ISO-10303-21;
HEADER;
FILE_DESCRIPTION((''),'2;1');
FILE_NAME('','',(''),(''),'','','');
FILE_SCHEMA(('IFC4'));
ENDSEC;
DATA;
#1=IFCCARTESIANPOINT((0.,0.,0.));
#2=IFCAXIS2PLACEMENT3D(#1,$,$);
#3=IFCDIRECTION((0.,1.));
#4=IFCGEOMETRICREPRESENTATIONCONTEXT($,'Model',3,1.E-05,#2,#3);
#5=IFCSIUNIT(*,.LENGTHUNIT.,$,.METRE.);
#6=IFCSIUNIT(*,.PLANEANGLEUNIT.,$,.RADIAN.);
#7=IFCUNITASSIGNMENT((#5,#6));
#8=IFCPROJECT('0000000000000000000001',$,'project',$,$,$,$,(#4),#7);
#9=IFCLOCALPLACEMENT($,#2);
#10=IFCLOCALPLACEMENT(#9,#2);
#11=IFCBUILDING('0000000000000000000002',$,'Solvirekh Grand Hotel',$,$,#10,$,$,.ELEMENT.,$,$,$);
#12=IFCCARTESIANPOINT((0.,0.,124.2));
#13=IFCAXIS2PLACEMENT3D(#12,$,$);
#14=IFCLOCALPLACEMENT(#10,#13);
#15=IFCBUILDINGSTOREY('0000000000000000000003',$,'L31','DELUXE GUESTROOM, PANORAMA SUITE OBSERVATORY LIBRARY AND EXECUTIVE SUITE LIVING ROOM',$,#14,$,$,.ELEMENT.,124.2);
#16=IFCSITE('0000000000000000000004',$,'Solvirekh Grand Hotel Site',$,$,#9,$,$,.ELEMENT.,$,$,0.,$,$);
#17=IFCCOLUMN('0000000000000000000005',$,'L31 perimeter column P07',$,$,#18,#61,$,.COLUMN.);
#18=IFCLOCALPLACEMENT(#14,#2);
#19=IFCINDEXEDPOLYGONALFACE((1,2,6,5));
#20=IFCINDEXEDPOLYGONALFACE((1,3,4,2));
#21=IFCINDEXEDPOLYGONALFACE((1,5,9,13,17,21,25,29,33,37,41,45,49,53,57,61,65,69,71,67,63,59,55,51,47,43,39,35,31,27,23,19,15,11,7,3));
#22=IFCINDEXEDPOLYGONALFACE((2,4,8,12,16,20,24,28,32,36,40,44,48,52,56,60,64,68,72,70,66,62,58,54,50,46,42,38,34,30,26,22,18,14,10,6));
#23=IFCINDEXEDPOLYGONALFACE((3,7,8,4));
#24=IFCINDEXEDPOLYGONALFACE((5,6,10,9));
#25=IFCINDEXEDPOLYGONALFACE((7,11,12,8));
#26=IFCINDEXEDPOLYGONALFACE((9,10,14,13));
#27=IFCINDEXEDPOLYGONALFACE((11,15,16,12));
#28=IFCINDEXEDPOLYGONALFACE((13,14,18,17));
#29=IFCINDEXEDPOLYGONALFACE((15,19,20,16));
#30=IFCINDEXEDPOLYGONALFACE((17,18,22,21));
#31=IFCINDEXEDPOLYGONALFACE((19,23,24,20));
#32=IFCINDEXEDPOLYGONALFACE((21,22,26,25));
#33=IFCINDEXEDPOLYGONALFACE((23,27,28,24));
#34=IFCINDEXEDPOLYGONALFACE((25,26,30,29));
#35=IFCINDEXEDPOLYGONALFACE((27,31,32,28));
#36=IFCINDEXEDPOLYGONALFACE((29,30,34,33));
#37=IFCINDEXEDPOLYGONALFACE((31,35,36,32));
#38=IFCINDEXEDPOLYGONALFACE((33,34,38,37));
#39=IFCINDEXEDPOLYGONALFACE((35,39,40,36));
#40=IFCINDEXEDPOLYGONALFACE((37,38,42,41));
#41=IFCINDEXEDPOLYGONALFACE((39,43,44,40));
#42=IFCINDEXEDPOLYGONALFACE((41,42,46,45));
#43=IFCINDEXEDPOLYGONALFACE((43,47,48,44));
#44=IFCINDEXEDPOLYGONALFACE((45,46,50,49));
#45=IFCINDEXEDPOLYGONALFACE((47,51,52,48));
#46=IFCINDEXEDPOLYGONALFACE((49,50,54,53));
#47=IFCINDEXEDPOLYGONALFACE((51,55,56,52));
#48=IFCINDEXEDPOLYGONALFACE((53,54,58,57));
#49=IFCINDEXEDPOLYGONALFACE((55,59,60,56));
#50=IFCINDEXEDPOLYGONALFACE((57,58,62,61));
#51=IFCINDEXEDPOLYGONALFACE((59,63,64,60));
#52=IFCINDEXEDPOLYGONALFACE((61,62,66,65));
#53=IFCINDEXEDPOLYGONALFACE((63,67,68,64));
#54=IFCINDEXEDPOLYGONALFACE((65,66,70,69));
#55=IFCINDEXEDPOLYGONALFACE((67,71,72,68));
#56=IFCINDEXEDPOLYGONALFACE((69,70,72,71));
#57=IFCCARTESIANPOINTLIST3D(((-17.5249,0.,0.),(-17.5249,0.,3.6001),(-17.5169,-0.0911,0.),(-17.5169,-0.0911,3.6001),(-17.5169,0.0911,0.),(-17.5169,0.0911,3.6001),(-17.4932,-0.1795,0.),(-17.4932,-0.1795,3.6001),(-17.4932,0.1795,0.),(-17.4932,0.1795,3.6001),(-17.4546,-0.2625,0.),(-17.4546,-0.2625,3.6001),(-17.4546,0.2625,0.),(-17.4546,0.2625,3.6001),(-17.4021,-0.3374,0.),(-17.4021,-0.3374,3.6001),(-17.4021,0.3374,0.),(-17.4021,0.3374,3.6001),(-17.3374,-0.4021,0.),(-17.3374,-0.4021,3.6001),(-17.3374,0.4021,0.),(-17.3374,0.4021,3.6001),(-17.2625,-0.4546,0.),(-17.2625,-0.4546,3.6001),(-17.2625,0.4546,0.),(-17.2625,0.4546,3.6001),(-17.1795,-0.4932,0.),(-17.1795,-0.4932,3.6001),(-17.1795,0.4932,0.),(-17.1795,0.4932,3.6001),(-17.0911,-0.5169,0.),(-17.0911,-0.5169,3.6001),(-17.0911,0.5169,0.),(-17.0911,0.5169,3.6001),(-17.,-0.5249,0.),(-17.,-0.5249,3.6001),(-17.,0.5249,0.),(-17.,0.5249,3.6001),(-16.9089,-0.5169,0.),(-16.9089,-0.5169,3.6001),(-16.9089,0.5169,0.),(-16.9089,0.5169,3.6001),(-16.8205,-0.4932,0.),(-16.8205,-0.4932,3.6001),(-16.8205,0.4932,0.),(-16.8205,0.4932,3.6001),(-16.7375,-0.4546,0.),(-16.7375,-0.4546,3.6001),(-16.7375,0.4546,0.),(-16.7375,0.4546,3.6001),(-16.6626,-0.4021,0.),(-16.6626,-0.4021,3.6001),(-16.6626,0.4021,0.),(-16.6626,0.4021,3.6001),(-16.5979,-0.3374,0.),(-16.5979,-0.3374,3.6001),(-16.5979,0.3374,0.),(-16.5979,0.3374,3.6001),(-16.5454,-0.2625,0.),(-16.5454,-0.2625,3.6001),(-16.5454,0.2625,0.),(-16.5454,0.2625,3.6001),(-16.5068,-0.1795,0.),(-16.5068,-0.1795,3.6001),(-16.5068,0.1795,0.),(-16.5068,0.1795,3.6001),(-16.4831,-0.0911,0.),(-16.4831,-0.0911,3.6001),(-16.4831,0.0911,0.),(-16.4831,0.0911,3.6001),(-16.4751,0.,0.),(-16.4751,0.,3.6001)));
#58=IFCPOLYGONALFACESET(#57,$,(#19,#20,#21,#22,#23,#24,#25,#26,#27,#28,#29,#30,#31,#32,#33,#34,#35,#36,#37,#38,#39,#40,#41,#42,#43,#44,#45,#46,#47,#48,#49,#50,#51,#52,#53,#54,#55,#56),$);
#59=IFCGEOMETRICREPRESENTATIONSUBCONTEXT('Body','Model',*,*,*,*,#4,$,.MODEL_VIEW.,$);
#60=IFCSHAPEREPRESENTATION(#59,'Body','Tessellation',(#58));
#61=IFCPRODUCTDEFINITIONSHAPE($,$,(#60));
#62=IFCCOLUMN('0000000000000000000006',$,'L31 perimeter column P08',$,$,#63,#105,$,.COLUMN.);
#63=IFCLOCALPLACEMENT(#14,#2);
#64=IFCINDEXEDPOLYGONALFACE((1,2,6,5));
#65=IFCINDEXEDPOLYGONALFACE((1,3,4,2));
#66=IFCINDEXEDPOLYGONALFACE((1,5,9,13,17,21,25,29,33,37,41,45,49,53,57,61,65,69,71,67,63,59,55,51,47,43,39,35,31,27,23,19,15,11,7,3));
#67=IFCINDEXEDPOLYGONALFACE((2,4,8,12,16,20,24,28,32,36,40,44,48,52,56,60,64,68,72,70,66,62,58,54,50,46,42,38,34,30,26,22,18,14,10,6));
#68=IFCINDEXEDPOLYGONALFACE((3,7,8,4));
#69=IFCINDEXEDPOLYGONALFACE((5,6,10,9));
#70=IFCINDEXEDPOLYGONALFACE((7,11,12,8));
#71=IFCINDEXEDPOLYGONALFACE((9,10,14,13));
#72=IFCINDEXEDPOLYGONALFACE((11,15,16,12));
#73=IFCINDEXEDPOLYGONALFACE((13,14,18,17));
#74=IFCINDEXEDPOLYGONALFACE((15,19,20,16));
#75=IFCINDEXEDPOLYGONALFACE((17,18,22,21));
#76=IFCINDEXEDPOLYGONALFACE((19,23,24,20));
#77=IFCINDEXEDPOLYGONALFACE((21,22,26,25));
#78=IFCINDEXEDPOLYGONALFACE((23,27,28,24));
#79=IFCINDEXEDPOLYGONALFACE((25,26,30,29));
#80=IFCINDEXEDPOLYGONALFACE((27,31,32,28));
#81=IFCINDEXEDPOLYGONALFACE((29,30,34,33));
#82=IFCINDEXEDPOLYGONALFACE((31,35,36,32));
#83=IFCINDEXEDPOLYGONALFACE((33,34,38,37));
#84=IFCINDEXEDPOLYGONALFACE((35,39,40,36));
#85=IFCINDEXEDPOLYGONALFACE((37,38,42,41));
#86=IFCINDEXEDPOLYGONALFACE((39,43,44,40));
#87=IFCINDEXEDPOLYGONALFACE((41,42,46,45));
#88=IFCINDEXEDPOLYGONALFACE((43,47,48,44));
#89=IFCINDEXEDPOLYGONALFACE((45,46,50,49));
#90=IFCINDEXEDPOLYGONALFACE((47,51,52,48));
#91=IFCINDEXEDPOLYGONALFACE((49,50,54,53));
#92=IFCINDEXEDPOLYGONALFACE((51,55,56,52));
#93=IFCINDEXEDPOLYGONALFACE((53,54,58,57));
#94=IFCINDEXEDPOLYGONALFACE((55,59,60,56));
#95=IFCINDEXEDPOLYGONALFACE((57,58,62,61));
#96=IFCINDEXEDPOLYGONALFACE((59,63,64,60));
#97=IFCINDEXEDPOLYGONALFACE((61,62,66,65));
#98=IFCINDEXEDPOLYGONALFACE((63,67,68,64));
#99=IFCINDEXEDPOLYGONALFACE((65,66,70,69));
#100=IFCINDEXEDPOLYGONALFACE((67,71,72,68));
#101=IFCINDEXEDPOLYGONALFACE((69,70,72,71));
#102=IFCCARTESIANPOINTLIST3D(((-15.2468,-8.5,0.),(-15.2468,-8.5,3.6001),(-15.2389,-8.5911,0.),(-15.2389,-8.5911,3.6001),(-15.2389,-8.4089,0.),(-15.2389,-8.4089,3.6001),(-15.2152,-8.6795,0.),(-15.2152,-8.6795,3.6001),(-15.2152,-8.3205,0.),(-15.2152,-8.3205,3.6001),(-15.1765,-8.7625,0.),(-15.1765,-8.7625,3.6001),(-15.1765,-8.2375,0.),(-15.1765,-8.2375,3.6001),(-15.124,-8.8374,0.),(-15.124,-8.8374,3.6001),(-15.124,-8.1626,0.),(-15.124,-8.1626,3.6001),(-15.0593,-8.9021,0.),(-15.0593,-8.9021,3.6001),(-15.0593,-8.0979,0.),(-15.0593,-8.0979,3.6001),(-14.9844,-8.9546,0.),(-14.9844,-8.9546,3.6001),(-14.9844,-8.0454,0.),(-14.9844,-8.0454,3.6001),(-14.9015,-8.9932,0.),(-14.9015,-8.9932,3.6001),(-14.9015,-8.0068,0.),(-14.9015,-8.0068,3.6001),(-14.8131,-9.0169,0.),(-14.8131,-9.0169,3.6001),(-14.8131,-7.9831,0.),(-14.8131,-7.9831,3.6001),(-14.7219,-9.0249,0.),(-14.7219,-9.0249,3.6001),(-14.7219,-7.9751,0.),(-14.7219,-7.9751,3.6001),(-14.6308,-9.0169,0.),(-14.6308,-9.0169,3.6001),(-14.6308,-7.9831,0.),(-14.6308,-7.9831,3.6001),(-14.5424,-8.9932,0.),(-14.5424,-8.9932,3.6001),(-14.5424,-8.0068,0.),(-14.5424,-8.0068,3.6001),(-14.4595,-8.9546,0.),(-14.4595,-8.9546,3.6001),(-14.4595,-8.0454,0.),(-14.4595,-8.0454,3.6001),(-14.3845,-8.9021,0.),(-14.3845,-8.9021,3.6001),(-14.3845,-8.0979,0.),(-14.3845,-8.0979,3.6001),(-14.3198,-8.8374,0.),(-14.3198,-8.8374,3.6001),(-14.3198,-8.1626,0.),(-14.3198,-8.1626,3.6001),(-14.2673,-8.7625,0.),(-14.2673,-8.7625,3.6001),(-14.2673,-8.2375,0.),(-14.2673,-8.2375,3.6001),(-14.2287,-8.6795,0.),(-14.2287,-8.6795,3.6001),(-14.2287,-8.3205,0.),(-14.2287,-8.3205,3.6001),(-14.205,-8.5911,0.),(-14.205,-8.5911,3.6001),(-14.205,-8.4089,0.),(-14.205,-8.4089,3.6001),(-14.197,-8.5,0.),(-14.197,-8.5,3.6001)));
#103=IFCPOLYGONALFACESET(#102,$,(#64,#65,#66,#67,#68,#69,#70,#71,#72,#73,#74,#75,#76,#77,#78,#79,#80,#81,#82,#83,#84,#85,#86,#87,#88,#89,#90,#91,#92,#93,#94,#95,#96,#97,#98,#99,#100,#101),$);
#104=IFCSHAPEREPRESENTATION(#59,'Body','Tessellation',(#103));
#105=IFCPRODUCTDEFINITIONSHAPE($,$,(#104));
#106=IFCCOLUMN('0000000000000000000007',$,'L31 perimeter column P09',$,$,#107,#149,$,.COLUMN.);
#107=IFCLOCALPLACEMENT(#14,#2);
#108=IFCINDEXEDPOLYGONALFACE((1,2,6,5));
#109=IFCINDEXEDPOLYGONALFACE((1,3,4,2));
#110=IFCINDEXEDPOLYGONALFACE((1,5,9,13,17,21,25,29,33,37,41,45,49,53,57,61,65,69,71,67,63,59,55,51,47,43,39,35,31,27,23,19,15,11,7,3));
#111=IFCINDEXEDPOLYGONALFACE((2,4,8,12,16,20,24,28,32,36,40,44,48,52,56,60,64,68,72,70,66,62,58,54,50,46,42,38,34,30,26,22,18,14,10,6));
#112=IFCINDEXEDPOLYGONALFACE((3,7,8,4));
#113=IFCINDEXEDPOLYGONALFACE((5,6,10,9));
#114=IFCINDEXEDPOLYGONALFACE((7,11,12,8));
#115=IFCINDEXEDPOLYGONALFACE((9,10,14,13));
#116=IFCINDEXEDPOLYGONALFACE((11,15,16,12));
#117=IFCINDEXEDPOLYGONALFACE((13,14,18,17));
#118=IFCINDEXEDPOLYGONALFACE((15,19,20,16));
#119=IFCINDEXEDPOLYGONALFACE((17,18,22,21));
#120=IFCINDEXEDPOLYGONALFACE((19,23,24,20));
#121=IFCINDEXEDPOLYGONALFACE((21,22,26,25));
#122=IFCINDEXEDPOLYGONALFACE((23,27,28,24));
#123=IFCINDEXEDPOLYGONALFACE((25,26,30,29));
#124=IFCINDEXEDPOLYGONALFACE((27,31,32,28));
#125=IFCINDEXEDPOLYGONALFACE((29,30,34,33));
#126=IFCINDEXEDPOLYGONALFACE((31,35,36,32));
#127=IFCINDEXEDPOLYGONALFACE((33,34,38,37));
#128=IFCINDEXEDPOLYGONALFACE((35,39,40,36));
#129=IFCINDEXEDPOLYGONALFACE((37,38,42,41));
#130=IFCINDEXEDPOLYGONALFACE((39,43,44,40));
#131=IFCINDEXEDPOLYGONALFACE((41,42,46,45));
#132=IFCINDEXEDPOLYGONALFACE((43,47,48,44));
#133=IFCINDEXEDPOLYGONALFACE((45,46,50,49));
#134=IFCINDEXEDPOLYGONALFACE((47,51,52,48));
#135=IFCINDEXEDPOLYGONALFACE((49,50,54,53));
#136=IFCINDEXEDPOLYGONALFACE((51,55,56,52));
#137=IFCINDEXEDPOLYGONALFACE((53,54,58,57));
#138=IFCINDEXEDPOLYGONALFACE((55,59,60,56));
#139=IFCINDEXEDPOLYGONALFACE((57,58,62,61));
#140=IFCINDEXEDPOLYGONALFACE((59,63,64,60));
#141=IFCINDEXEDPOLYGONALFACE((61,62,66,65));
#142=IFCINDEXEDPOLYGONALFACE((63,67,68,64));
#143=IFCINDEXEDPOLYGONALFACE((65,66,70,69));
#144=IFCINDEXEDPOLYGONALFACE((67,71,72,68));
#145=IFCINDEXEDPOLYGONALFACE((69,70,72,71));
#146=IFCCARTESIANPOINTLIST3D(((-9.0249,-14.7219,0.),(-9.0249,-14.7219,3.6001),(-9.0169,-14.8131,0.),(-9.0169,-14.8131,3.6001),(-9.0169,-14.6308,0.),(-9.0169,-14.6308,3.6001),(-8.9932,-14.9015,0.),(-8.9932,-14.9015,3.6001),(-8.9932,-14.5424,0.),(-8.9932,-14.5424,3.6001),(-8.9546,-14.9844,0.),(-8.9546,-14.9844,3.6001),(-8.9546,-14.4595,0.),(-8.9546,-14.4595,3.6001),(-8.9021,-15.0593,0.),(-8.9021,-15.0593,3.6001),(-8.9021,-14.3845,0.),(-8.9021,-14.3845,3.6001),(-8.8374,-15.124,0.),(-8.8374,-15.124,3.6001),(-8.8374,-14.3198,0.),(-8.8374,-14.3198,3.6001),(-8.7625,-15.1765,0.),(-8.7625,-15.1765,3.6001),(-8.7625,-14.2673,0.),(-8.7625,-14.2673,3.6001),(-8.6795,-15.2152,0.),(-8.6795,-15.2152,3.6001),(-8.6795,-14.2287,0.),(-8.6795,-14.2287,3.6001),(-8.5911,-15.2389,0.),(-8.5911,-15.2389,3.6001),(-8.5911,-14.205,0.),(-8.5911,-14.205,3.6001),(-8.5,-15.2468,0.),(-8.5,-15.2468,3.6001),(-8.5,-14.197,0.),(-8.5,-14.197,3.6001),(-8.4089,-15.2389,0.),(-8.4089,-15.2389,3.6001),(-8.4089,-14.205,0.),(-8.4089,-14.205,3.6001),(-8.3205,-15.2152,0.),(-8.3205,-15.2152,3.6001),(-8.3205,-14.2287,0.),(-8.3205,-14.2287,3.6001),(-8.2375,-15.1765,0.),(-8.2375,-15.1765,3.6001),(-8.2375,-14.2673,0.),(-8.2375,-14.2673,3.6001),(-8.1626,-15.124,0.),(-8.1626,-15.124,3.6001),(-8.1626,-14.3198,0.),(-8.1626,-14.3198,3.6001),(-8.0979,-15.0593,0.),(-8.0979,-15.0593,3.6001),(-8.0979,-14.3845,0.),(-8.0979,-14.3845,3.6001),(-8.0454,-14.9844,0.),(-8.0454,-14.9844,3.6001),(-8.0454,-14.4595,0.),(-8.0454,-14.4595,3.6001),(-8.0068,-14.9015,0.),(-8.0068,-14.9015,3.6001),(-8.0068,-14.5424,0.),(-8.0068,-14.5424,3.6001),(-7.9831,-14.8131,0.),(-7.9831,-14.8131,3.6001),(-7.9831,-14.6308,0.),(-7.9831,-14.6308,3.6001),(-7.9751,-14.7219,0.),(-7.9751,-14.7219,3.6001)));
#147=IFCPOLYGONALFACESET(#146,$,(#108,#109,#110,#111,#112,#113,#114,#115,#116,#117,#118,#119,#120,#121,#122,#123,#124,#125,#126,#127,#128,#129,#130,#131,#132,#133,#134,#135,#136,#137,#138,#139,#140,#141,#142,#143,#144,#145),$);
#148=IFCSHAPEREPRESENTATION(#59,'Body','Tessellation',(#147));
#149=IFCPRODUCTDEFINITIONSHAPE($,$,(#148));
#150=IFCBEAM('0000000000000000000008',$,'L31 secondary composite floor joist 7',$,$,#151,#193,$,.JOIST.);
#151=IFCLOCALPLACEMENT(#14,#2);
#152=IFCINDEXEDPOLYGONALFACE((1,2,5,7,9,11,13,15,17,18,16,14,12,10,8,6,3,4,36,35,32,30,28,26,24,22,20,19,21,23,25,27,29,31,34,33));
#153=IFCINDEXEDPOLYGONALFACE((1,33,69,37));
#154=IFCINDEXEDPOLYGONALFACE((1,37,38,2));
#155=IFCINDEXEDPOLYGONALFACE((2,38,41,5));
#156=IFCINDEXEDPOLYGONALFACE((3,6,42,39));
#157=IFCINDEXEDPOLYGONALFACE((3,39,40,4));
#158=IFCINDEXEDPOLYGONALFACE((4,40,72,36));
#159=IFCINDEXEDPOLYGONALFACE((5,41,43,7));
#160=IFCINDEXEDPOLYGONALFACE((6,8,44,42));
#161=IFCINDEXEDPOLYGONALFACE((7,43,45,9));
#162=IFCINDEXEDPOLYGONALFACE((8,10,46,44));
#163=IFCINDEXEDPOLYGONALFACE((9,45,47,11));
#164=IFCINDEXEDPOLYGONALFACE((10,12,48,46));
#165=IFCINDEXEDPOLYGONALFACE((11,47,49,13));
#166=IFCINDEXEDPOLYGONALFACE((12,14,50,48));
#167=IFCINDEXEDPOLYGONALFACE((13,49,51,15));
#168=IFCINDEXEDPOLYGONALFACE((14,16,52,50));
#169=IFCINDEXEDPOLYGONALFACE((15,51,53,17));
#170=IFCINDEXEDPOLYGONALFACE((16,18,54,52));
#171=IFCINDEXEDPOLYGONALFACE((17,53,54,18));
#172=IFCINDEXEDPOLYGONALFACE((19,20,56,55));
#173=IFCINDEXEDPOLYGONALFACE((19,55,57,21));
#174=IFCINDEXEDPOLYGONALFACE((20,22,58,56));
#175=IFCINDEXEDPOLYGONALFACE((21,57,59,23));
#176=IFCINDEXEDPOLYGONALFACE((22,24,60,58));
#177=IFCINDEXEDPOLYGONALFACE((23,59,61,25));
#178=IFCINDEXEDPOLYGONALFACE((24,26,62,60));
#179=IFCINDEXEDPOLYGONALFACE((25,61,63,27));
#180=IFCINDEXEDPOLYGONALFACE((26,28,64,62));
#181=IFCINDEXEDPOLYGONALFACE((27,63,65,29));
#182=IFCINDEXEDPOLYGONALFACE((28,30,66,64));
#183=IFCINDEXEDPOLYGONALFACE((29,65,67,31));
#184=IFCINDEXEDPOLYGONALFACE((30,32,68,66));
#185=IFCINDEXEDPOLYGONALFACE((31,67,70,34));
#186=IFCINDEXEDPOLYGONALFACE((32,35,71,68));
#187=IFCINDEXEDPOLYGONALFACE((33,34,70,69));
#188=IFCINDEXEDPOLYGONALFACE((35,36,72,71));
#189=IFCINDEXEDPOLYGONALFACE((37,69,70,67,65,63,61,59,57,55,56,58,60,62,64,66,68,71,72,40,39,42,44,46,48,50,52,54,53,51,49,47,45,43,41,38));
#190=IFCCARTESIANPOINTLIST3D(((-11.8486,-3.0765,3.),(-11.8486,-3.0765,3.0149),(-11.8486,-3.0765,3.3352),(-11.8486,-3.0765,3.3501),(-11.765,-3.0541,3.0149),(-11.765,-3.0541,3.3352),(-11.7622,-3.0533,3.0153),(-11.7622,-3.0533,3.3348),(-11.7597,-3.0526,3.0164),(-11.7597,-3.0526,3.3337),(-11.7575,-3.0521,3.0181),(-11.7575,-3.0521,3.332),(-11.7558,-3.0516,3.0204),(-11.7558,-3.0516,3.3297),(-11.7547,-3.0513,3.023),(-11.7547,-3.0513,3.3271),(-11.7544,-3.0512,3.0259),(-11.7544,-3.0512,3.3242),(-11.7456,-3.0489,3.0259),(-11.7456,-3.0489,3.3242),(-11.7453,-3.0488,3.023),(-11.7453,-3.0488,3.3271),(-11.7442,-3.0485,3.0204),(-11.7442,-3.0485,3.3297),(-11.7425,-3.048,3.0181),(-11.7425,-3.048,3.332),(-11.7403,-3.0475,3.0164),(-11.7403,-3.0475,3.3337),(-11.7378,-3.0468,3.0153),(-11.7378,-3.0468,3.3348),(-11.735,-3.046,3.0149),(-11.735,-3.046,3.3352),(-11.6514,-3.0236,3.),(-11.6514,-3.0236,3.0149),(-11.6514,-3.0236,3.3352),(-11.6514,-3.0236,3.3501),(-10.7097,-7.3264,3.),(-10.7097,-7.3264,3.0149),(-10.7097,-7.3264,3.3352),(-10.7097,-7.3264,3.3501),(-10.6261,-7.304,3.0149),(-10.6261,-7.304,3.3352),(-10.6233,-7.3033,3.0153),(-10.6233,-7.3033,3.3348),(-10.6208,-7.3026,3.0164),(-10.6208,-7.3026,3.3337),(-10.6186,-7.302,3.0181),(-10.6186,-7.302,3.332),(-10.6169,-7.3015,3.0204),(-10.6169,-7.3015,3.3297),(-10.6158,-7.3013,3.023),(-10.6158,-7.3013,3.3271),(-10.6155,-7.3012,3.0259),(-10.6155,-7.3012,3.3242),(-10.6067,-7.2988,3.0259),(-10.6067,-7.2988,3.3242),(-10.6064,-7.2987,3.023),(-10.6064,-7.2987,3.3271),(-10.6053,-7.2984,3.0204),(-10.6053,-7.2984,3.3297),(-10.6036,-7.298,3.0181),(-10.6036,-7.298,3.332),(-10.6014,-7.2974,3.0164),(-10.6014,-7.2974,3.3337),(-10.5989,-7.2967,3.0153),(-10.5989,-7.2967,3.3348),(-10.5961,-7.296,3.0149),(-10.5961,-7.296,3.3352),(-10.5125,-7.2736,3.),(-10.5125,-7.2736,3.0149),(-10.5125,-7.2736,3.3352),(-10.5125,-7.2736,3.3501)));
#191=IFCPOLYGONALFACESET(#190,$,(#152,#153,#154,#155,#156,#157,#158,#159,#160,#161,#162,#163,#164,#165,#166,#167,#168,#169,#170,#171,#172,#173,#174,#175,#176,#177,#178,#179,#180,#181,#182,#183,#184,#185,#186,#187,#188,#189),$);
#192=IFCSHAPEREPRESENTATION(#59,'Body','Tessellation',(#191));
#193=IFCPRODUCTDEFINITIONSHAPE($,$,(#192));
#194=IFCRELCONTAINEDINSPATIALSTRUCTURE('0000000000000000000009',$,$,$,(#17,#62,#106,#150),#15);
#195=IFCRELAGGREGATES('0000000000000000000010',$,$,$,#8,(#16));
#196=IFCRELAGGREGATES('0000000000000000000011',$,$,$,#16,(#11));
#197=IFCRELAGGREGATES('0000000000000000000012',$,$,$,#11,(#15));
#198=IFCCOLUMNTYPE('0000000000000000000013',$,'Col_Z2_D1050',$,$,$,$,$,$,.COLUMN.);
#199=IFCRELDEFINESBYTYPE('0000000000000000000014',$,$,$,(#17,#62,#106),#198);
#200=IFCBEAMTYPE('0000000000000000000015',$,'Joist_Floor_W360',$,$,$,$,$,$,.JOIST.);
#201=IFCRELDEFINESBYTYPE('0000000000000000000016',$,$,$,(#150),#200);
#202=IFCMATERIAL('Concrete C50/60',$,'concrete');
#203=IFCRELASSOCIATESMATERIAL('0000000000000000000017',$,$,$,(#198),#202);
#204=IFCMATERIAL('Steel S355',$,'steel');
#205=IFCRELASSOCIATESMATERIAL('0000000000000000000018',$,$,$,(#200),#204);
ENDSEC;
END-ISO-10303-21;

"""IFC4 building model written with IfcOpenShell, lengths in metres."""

from ifc_helpers import new_model, si_unit, direction, frame, origin, origin_2d, place, context, subcontext, project, spatial, circle, i_section, extrude, material, material_profile, profile_set, type_object, element, save


model = new_model("IFC4")

# Units and contexts
model_context = context("Model", 3, precision=1e-05, world=origin(), true_north=direction((0.0, 1.0)))
body_context = subcontext(model_context, "Body", "Model", "MODEL_VIEW")
ifc_project = project(units=[si_unit("LENGTHUNIT", "METRE"), si_unit("PLANEANGLEUNIT", "RADIAN")], contexts=[model_context])

# Site, building, storey
site_placement = place(None, origin())
site = spatial("IfcSite", under=ifc_project, at=site_placement, Name="Solvirekh Grand Hotel Site", CompositionType="ELEMENT", RefElevation=0.0)
building_placement = place(site_placement, origin())
building = spatial("IfcBuilding", under=site, at=building_placement, Name="Solvirekh Grand Hotel", CompositionType="ELEMENT")
storey_placement = place(building_placement, frame((0.0, 0.0, 124.2)))
storey = spatial("IfcBuildingStorey", under=building, at=storey_placement, Name="L31", Description="DELUXE GUESTROOM, PANORAMA SUITE OBSERVATORY LIBRARY AND EXECUTIVE SUITE LIVING ROOM", CompositionType="ELEMENT", Elevation=124.2)

# Columns
ifc_material_1 = material(Name="Concrete C50/60", Category="concrete")
ifc_material_profile_1 = material_profile(ifc_material_1, circle(Radius=0.5249, at=origin_2d()), Name="RC CIRC D1050")
ifc_profile_set_1 = profile_set([ifc_material_profile_1], Name="Concrete C50/60")
column_type = type_object("IfcColumnType", Name="Col_Z2_D1050", PredefinedType="COLUMN", material=ifc_profile_set_1)
for number, where, z_axis, x_axis, name in (
    (1, (-17.0, 0.0, 0.0), (0.0, 0.0, 1.0), (1.0, 0.0, 0.0), "L31 perimeter column P07"),
    (2, (-14.7219, -8.5, 0.0), (0.0, 0.0, 1.0), (1.0, 0.0, 0.0), "L31 perimeter column P08"),
    (3, (-8.5, -14.7219, 0.0), (0.0, 0.0, 1.0), (1.0, 0.0, 0.0), "L31 perimeter column P09"),
):
    element("IfcColumn", number, at=place(storey_placement, frame(where, z_axis=z_axis, x_axis=x_axis)), inside=storey, type_object=column_type, Name=name, PredefinedType="COLUMN", context=body_context, shape_type="SweptSolid", body=[
        extrude(circle(Radius=0.5249, at=origin_2d()), origin(), (0.0, 0.0, 1.0), 3.6001),
    ])

# Beam
ifc_material_2 = material(Name="Steel S355", Category="steel")
ifc_material_profile_2 = material_profile(ifc_material_2, i_section(OverallWidth=0.2041, OverallDepth=0.3501, WebThickness=0.009, FlangeThickness=0.0149, FilletRadius=0.011, at=origin_2d()), Name="W360X72")
ifc_profile_set_2 = profile_set([ifc_material_profile_2], Name="Steel S355")
beam_type_1 = type_object("IfcBeamType", Name="Joist_Floor_W360", PredefinedType="JOIST", material=ifc_profile_set_2)
beam_1_placement = place(storey_placement, frame((-11.75, -3.05, 3.175), z_axis=(0.258847, -0.965918, 0.0), x_axis=(0.965918, 0.258847, 0.0)))
element("IfcBeam", 4, at=beam_1_placement, inside=storey, type_object=beam_type_1, Name="L31 secondary composite floor joist 7", PredefinedType="JOIST", context=body_context, shape_type="SweptSolid", body=[
    extrude(i_section(OverallWidth=0.2041, OverallDepth=0.3501, WebThickness=0.009, FlangeThickness=0.0149, FilletRadius=0.011, at=origin_2d()), origin(), (0.0, 0.0, 1.0), 4.3999),
])

save(model, "model.ifc")
